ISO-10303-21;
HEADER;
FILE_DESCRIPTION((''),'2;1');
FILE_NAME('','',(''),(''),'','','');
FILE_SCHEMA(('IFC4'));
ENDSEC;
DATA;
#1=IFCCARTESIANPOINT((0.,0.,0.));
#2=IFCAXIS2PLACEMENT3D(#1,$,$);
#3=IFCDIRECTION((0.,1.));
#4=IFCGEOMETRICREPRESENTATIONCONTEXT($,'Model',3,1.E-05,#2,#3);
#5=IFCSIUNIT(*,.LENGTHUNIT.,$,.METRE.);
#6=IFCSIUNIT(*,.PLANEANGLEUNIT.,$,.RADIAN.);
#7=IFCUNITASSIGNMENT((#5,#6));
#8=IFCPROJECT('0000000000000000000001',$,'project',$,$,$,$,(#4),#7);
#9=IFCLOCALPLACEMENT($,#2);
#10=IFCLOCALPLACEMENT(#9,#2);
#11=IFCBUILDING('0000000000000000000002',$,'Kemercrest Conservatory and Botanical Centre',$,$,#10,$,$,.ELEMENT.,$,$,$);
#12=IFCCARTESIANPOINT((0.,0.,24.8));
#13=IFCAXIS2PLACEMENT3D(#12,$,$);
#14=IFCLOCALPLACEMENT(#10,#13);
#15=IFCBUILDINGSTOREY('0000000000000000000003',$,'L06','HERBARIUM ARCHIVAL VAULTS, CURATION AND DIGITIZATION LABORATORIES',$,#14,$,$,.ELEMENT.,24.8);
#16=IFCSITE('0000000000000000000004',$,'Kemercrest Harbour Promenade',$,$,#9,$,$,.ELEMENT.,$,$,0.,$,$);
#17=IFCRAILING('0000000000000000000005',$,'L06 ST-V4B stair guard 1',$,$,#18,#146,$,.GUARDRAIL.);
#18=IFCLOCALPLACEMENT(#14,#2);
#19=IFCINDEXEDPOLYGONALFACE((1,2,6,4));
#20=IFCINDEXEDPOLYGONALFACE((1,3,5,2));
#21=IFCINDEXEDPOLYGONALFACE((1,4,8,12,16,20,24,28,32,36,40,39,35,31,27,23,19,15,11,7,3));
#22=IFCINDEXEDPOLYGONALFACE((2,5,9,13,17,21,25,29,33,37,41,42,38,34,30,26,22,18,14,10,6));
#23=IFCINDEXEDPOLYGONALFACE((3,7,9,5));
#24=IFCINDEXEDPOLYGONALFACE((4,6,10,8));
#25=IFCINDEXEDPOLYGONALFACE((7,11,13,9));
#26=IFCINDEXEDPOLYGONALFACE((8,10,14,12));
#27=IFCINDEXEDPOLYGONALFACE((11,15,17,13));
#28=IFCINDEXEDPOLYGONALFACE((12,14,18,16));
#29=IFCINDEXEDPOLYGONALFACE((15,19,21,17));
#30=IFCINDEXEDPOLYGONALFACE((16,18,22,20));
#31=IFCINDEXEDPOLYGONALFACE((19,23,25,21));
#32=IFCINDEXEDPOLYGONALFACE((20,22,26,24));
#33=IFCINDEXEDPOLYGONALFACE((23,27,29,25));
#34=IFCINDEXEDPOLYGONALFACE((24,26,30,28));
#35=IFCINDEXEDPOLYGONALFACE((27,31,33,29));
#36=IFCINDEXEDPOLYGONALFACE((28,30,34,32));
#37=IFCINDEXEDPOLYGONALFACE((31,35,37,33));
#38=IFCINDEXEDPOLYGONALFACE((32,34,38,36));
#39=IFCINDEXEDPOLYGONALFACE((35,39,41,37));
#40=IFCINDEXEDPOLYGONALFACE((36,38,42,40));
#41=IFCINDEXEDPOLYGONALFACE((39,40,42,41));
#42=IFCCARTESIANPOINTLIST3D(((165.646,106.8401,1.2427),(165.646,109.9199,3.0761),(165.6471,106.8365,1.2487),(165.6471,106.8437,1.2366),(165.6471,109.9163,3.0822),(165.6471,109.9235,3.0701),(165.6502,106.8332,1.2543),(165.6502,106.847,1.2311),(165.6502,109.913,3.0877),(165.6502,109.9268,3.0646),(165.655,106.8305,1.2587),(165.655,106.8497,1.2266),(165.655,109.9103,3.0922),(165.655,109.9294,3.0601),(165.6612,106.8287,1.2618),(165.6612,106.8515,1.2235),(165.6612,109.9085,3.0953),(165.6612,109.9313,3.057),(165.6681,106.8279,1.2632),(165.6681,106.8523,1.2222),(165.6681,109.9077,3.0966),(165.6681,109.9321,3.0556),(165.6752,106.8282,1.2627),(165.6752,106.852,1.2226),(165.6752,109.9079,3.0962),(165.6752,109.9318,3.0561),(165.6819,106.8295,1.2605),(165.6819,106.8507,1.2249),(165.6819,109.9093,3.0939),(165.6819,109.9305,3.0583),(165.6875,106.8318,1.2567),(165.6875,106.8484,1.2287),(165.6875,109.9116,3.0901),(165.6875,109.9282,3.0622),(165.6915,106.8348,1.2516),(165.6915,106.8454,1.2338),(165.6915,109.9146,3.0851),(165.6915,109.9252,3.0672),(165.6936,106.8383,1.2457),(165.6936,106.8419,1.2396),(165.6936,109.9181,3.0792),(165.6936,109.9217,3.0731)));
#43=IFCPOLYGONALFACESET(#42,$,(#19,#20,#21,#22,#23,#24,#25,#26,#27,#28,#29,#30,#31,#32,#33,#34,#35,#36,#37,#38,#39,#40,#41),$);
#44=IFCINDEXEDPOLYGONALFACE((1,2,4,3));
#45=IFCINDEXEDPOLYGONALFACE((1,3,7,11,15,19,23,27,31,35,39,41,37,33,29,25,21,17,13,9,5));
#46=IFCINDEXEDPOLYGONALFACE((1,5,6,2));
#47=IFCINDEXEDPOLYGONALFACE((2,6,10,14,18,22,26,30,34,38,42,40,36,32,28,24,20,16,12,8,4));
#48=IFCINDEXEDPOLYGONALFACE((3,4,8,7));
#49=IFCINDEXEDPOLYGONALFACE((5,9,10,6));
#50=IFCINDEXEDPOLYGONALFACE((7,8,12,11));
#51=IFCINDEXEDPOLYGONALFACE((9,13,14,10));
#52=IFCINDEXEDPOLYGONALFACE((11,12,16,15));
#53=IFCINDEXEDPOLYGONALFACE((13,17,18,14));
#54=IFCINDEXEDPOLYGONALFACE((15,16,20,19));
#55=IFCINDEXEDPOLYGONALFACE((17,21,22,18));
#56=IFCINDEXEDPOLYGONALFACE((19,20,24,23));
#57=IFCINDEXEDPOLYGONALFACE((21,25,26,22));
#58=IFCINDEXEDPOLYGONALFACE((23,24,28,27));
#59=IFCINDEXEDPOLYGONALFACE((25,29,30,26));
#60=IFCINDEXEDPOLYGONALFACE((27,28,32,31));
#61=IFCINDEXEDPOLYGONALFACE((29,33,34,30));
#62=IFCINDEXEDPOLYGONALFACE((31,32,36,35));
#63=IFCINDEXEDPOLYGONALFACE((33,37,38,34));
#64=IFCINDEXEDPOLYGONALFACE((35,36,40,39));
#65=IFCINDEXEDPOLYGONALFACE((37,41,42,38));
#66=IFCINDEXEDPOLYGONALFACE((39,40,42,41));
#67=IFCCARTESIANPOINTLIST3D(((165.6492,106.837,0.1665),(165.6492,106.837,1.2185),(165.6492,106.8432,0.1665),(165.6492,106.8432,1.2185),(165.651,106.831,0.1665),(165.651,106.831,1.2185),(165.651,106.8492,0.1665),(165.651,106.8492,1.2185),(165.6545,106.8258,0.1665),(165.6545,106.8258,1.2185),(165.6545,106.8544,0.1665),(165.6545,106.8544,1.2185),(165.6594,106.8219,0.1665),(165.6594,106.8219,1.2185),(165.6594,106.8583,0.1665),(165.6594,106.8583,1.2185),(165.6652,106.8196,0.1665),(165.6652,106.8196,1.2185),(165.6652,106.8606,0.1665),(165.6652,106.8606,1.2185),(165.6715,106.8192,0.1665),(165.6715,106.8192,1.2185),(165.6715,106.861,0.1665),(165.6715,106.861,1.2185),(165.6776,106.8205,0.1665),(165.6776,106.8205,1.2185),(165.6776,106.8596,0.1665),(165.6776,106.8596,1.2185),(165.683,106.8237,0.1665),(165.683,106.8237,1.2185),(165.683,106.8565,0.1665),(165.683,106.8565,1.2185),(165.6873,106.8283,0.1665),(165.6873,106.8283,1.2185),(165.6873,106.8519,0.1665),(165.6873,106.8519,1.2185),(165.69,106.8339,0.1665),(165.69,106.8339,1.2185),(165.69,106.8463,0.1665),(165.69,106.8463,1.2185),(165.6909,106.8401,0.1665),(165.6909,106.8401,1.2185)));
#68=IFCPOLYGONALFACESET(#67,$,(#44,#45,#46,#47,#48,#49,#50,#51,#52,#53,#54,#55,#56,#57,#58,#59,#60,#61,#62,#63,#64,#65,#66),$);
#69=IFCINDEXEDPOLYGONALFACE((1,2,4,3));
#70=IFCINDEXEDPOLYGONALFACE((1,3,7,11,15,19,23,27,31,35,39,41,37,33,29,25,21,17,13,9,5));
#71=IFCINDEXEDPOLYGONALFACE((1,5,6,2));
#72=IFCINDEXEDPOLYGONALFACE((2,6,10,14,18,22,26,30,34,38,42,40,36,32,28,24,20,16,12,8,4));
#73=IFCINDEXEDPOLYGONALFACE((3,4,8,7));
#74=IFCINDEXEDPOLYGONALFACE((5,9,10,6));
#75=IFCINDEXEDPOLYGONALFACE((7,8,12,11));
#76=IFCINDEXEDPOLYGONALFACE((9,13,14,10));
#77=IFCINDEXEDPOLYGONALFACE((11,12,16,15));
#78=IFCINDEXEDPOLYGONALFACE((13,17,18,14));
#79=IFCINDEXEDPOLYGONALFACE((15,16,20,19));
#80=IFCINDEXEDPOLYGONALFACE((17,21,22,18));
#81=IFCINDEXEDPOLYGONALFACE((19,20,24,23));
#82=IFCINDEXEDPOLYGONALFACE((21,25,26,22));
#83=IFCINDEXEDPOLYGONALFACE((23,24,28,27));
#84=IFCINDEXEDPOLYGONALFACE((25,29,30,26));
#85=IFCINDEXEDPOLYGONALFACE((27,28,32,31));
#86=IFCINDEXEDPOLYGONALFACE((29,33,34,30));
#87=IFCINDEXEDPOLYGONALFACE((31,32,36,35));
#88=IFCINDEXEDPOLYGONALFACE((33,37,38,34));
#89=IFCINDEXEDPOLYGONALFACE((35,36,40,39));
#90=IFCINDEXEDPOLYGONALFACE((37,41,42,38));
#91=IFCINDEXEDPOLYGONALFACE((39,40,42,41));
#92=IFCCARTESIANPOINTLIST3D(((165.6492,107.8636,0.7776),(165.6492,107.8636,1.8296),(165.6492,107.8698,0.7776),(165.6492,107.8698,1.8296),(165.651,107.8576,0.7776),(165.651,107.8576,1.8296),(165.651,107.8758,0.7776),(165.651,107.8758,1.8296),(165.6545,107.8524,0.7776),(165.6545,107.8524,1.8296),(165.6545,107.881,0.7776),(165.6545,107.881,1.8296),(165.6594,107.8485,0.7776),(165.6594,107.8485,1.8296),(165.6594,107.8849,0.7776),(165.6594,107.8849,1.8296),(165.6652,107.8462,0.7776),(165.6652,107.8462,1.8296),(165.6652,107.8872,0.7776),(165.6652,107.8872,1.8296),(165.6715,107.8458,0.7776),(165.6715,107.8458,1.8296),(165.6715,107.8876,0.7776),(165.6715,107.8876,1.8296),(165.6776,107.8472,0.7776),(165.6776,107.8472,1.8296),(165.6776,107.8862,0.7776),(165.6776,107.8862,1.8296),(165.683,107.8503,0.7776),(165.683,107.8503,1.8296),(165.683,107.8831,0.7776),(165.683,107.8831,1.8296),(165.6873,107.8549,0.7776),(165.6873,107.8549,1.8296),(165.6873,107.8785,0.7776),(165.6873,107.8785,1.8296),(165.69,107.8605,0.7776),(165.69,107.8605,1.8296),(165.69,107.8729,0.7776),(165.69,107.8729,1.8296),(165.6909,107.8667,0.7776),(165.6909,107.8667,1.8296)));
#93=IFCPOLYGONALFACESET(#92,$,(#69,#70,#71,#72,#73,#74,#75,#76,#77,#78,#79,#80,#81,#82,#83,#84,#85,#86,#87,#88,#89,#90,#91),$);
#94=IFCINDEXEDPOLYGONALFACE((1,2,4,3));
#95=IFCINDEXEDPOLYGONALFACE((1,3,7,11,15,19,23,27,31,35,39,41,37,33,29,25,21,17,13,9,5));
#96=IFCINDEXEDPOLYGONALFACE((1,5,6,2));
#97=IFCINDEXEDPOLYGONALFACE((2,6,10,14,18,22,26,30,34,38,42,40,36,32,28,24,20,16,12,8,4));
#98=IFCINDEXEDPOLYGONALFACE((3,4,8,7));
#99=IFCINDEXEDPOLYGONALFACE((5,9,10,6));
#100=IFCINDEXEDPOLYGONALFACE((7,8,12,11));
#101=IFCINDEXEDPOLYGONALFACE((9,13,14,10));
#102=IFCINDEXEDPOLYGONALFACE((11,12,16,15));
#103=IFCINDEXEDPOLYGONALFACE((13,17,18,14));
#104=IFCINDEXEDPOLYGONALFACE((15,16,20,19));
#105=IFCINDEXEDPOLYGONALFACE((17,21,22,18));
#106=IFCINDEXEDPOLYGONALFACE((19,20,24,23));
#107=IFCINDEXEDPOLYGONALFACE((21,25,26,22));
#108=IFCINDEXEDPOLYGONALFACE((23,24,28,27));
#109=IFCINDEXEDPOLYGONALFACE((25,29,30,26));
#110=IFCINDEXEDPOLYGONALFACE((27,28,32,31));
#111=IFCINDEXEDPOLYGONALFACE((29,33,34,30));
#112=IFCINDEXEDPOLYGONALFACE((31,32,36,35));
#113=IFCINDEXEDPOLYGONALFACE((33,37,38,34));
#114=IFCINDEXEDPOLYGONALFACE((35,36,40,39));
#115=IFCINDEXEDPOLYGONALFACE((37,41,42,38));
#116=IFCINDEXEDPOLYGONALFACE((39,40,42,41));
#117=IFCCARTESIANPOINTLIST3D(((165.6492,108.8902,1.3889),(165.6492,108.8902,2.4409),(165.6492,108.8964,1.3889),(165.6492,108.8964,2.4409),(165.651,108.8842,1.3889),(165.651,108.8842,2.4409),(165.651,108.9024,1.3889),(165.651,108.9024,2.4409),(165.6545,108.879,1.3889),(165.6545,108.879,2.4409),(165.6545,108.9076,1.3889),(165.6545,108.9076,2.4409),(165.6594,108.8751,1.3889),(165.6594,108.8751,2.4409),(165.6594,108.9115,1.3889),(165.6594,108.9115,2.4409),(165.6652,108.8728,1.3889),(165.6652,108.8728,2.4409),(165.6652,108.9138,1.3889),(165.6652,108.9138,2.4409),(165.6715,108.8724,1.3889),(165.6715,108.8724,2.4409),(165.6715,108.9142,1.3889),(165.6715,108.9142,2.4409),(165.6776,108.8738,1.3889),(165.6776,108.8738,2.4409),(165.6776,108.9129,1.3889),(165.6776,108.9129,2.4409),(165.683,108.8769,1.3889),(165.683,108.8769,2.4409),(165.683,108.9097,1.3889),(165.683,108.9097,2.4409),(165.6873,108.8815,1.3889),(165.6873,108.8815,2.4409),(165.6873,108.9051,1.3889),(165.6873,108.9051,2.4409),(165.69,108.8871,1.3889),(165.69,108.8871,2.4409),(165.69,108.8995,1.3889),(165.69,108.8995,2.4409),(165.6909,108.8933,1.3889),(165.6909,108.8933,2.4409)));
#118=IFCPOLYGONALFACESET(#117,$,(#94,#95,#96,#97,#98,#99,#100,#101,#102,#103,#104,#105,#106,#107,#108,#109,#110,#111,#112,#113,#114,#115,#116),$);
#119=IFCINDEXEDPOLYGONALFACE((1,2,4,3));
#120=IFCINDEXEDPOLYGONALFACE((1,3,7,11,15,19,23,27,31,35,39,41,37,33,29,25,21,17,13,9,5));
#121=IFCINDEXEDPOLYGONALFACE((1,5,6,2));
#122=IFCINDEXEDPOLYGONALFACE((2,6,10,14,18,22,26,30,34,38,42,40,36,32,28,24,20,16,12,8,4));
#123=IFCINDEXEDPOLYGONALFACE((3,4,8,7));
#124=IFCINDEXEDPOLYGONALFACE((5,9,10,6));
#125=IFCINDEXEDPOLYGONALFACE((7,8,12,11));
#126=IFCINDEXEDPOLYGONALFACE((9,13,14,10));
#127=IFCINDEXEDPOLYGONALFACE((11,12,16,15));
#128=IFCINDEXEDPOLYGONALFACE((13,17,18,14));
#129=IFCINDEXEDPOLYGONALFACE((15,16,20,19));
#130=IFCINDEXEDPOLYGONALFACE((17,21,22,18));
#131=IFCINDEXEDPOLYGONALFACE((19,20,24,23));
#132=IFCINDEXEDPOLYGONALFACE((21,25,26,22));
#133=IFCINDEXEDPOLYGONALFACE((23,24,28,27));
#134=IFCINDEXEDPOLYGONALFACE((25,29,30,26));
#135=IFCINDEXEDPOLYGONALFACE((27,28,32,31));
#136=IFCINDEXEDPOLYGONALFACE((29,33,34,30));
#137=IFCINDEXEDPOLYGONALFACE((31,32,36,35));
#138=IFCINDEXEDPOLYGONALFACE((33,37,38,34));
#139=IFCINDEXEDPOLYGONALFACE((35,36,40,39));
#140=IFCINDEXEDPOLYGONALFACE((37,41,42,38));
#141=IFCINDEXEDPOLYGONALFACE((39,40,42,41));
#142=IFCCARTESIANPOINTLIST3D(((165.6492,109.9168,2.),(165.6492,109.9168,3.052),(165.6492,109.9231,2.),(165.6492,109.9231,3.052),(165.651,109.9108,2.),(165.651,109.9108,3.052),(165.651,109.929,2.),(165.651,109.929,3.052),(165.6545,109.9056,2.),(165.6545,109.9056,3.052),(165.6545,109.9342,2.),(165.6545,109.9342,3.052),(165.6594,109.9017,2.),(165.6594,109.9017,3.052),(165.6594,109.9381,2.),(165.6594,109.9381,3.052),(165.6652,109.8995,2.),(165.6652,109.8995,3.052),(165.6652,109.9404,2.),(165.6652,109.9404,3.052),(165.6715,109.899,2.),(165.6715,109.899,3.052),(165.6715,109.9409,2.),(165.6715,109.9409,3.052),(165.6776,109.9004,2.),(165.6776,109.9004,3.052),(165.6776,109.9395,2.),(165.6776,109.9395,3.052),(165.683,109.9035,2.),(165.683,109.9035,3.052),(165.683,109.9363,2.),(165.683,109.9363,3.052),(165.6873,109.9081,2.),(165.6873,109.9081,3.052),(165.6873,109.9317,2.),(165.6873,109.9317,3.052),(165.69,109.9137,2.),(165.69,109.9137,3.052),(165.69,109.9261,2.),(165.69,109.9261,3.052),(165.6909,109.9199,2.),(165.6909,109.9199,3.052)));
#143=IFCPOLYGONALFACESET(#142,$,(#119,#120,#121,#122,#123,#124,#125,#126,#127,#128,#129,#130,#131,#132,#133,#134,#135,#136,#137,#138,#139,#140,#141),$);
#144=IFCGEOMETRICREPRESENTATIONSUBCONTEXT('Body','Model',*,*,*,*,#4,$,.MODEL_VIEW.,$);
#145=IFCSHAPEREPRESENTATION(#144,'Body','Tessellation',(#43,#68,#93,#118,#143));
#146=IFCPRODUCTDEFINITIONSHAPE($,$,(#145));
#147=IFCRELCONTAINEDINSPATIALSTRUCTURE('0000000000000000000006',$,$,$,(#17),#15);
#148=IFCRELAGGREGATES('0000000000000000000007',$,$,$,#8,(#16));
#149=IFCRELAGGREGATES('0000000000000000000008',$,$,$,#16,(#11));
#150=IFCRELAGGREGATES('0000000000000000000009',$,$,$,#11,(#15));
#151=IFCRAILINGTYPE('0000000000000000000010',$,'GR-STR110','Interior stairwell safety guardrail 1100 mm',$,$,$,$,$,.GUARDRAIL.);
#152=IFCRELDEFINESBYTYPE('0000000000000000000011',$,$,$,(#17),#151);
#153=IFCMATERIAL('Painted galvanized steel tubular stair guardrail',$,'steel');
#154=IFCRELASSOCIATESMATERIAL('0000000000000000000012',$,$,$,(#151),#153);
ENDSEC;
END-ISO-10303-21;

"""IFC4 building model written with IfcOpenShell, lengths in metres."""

from ifc_helpers import new_model, si_unit, direction, frame, origin, origin_2d, place, context, subcontext, project, spatial, circle, extrude, material, type_object, element, save


model = new_model("IFC4")

# Units and contexts
model_context = context("Model", 3, precision=1e-05, world=origin(), true_north=direction((0.0, 1.0)))
body_context = subcontext(model_context, "Body", "Model", "MODEL_VIEW")
ifc_project = project(units=[si_unit("LENGTHUNIT", "METRE"), si_unit("PLANEANGLEUNIT", "RADIAN")], contexts=[model_context])

# Site, building, storey
site_placement = place(None, origin())
site = spatial("IfcSite", under=ifc_project, at=site_placement, Name="Kemercrest Harbour Promenade", CompositionType="ELEMENT", RefElevation=0.0)
building_placement = place(site_placement, origin())
building = spatial("IfcBuilding", under=site, at=building_placement, Name="Kemercrest Conservatory and Botanical Centre", CompositionType="ELEMENT")
storey_placement = place(building_placement, frame((0.0, 0.0, 24.8)))
storey = spatial("IfcBuildingStorey", under=building, at=storey_placement, Name="L06", Description="HERBARIUM ARCHIVAL VAULTS, CURATION AND DIGITIZATION LABORATORIES", CompositionType="ELEMENT", Elevation=24.8)

# Railing
ifc_material_1 = material(Name="Painted galvanized steel tubular stair guardrail", Category="steel")
railing_type_1 = type_object("IfcRailingType", Name="GR-STR110", Description="Interior stairwell safety guardrail 1100 mm", PredefinedType="GUARDRAIL", material=ifc_material_1)
railing_1_placement = place(storey_placement, frame((165.6699, 106.8401, 0.1665)))
element("IfcRailing", 1, at=railing_1_placement, inside=storey, type_object=railing_type_1, Name="L06 ST-V4B stair guard 1", PredefinedType="GUARDRAIL", context=body_context, shape_type="SweptSolid", body=[
    extrude(circle(Radius=0.0239, at=origin_2d()), frame((0.0, 0.0, 1.0762), z_axis=(0.0, 0.859261, 0.511538), x_axis=(-1.0, 0.0, 0.0)), (0.0, 0.0, 1.0), 3.5842),
    extrude(circle(Radius=0.021, at=origin_2d()), origin(), (0.0, 0.0, 1.0), 1.052),
    extrude(circle(Radius=0.021, at=origin_2d()), frame((0.0, 1.0266, 0.6111)), (0.0, 0.0, 1.0), 1.052),
    extrude(circle(Radius=0.021, at=origin_2d()), frame((0.0, 2.0532, 1.2224)), (0.0, 0.0, 1.0), 1.052),
    extrude(circle(Radius=0.021, at=origin_2d()), frame((0.0, 3.0798, 1.8335)), (0.0, 0.0, 1.0), 1.052),
])

save(model, "model.ifc")
